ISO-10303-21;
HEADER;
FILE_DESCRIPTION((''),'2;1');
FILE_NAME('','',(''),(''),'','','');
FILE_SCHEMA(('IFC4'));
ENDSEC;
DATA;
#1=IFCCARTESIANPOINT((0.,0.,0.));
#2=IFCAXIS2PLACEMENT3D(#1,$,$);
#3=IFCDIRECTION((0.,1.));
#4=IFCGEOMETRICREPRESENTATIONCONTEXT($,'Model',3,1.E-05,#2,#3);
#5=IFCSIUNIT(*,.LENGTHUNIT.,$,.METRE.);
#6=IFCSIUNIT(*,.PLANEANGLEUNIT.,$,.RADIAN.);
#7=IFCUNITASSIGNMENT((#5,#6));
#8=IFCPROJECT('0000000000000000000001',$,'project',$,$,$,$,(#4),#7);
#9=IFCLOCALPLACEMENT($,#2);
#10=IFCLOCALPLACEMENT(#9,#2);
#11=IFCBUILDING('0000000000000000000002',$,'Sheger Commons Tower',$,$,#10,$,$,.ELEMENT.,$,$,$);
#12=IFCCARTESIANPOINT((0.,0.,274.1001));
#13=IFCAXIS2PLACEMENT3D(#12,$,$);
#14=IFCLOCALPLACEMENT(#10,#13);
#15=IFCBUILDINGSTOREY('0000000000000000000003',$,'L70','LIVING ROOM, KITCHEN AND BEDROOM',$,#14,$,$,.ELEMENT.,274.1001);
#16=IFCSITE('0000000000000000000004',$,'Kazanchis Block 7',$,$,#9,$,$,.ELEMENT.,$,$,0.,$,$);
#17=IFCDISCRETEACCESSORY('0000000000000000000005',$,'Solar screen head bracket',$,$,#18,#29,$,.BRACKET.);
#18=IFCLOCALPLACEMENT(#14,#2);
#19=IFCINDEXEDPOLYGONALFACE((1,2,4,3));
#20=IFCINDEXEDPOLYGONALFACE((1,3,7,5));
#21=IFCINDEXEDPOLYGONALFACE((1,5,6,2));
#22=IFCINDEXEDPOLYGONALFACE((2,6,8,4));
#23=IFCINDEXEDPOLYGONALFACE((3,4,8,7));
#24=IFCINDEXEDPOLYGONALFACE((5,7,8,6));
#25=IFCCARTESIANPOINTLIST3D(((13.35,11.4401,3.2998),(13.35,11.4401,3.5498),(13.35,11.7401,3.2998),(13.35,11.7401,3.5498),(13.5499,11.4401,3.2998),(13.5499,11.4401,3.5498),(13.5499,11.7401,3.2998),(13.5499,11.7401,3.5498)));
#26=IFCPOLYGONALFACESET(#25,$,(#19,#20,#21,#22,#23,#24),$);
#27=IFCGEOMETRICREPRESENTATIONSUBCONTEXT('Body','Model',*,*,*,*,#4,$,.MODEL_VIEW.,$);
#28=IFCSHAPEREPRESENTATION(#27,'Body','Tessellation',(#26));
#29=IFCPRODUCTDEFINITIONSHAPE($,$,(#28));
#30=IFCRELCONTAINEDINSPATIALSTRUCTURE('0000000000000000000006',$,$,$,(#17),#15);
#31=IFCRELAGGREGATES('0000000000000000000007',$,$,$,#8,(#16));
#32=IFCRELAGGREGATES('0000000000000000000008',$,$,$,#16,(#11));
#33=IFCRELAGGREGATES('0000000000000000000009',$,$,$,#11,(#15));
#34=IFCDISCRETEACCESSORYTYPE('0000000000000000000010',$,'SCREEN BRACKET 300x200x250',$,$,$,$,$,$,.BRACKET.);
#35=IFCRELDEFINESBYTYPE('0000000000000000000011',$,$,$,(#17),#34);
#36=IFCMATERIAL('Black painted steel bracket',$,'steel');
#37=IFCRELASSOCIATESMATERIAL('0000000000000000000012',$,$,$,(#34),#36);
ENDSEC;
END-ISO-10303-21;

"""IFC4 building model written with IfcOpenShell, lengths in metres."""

from ifc_helpers import new_model, si_unit, direction, frame, origin, origin_2d, place, context, subcontext, project, spatial, rectangle, extrude, material, type_object, element, save


model = new_model("IFC4")

# Units and contexts
model_context = context("Model", 3, precision=1e-05, world=origin(), true_north=direction((0.0, 1.0)))
body_context = subcontext(model_context, "Body", "Model", "MODEL_VIEW")
ifc_project = project(units=[si_unit("LENGTHUNIT", "METRE"), si_unit("PLANEANGLEUNIT", "RADIAN")], contexts=[model_context])

# Site, building, storey
site_placement = place(None, origin())
site = spatial("IfcSite", under=ifc_project, at=site_placement, Name="Kazanchis Block 7", CompositionType="ELEMENT", RefElevation=0.0)
building_placement = place(site_placement, origin())
building = spatial("IfcBuilding", under=site, at=building_placement, Name="Sheger Commons Tower", CompositionType="ELEMENT")
storey_placement = place(building_placement, frame((0.0, 0.0, 274.1001)))
storey = spatial("IfcBuildingStorey", under=building, at=storey_placement, Name="L70", Description="LIVING ROOM, KITCHEN AND BEDROOM", CompositionType="ELEMENT", Elevation=274.1001)

# Discrete accessory
ifc_material_1 = material(Name="Black painted steel bracket", Category="steel")
discrete_accessory_type = type_object("IfcDiscreteAccessoryType", Name="SCREEN BRACKET 300x200x250", PredefinedType="BRACKET", material=ifc_material_1)
for number, where, z_axis, x_axis, name in (
    (1, (13.45, 11.5901, 3.2998), (0.0, 0.0, 1.0), (0.0, -1.0, 0.0), "Solar screen head bracket"),
):
    element("IfcDiscreteAccessory", number, at=place(storey_placement, frame(where, z_axis=z_axis, x_axis=x_axis)), inside=storey, type_object=discrete_accessory_type, Name=name, PredefinedType="BRACKET", context=body_context, shape_type="SweptSolid", body=[
        extrude(rectangle(XDim=0.3, YDim=0.2, at=origin_2d()), origin(), (0.0, 0.0, 1.0), 0.25),
    ])

save(model, "model.ifc")
